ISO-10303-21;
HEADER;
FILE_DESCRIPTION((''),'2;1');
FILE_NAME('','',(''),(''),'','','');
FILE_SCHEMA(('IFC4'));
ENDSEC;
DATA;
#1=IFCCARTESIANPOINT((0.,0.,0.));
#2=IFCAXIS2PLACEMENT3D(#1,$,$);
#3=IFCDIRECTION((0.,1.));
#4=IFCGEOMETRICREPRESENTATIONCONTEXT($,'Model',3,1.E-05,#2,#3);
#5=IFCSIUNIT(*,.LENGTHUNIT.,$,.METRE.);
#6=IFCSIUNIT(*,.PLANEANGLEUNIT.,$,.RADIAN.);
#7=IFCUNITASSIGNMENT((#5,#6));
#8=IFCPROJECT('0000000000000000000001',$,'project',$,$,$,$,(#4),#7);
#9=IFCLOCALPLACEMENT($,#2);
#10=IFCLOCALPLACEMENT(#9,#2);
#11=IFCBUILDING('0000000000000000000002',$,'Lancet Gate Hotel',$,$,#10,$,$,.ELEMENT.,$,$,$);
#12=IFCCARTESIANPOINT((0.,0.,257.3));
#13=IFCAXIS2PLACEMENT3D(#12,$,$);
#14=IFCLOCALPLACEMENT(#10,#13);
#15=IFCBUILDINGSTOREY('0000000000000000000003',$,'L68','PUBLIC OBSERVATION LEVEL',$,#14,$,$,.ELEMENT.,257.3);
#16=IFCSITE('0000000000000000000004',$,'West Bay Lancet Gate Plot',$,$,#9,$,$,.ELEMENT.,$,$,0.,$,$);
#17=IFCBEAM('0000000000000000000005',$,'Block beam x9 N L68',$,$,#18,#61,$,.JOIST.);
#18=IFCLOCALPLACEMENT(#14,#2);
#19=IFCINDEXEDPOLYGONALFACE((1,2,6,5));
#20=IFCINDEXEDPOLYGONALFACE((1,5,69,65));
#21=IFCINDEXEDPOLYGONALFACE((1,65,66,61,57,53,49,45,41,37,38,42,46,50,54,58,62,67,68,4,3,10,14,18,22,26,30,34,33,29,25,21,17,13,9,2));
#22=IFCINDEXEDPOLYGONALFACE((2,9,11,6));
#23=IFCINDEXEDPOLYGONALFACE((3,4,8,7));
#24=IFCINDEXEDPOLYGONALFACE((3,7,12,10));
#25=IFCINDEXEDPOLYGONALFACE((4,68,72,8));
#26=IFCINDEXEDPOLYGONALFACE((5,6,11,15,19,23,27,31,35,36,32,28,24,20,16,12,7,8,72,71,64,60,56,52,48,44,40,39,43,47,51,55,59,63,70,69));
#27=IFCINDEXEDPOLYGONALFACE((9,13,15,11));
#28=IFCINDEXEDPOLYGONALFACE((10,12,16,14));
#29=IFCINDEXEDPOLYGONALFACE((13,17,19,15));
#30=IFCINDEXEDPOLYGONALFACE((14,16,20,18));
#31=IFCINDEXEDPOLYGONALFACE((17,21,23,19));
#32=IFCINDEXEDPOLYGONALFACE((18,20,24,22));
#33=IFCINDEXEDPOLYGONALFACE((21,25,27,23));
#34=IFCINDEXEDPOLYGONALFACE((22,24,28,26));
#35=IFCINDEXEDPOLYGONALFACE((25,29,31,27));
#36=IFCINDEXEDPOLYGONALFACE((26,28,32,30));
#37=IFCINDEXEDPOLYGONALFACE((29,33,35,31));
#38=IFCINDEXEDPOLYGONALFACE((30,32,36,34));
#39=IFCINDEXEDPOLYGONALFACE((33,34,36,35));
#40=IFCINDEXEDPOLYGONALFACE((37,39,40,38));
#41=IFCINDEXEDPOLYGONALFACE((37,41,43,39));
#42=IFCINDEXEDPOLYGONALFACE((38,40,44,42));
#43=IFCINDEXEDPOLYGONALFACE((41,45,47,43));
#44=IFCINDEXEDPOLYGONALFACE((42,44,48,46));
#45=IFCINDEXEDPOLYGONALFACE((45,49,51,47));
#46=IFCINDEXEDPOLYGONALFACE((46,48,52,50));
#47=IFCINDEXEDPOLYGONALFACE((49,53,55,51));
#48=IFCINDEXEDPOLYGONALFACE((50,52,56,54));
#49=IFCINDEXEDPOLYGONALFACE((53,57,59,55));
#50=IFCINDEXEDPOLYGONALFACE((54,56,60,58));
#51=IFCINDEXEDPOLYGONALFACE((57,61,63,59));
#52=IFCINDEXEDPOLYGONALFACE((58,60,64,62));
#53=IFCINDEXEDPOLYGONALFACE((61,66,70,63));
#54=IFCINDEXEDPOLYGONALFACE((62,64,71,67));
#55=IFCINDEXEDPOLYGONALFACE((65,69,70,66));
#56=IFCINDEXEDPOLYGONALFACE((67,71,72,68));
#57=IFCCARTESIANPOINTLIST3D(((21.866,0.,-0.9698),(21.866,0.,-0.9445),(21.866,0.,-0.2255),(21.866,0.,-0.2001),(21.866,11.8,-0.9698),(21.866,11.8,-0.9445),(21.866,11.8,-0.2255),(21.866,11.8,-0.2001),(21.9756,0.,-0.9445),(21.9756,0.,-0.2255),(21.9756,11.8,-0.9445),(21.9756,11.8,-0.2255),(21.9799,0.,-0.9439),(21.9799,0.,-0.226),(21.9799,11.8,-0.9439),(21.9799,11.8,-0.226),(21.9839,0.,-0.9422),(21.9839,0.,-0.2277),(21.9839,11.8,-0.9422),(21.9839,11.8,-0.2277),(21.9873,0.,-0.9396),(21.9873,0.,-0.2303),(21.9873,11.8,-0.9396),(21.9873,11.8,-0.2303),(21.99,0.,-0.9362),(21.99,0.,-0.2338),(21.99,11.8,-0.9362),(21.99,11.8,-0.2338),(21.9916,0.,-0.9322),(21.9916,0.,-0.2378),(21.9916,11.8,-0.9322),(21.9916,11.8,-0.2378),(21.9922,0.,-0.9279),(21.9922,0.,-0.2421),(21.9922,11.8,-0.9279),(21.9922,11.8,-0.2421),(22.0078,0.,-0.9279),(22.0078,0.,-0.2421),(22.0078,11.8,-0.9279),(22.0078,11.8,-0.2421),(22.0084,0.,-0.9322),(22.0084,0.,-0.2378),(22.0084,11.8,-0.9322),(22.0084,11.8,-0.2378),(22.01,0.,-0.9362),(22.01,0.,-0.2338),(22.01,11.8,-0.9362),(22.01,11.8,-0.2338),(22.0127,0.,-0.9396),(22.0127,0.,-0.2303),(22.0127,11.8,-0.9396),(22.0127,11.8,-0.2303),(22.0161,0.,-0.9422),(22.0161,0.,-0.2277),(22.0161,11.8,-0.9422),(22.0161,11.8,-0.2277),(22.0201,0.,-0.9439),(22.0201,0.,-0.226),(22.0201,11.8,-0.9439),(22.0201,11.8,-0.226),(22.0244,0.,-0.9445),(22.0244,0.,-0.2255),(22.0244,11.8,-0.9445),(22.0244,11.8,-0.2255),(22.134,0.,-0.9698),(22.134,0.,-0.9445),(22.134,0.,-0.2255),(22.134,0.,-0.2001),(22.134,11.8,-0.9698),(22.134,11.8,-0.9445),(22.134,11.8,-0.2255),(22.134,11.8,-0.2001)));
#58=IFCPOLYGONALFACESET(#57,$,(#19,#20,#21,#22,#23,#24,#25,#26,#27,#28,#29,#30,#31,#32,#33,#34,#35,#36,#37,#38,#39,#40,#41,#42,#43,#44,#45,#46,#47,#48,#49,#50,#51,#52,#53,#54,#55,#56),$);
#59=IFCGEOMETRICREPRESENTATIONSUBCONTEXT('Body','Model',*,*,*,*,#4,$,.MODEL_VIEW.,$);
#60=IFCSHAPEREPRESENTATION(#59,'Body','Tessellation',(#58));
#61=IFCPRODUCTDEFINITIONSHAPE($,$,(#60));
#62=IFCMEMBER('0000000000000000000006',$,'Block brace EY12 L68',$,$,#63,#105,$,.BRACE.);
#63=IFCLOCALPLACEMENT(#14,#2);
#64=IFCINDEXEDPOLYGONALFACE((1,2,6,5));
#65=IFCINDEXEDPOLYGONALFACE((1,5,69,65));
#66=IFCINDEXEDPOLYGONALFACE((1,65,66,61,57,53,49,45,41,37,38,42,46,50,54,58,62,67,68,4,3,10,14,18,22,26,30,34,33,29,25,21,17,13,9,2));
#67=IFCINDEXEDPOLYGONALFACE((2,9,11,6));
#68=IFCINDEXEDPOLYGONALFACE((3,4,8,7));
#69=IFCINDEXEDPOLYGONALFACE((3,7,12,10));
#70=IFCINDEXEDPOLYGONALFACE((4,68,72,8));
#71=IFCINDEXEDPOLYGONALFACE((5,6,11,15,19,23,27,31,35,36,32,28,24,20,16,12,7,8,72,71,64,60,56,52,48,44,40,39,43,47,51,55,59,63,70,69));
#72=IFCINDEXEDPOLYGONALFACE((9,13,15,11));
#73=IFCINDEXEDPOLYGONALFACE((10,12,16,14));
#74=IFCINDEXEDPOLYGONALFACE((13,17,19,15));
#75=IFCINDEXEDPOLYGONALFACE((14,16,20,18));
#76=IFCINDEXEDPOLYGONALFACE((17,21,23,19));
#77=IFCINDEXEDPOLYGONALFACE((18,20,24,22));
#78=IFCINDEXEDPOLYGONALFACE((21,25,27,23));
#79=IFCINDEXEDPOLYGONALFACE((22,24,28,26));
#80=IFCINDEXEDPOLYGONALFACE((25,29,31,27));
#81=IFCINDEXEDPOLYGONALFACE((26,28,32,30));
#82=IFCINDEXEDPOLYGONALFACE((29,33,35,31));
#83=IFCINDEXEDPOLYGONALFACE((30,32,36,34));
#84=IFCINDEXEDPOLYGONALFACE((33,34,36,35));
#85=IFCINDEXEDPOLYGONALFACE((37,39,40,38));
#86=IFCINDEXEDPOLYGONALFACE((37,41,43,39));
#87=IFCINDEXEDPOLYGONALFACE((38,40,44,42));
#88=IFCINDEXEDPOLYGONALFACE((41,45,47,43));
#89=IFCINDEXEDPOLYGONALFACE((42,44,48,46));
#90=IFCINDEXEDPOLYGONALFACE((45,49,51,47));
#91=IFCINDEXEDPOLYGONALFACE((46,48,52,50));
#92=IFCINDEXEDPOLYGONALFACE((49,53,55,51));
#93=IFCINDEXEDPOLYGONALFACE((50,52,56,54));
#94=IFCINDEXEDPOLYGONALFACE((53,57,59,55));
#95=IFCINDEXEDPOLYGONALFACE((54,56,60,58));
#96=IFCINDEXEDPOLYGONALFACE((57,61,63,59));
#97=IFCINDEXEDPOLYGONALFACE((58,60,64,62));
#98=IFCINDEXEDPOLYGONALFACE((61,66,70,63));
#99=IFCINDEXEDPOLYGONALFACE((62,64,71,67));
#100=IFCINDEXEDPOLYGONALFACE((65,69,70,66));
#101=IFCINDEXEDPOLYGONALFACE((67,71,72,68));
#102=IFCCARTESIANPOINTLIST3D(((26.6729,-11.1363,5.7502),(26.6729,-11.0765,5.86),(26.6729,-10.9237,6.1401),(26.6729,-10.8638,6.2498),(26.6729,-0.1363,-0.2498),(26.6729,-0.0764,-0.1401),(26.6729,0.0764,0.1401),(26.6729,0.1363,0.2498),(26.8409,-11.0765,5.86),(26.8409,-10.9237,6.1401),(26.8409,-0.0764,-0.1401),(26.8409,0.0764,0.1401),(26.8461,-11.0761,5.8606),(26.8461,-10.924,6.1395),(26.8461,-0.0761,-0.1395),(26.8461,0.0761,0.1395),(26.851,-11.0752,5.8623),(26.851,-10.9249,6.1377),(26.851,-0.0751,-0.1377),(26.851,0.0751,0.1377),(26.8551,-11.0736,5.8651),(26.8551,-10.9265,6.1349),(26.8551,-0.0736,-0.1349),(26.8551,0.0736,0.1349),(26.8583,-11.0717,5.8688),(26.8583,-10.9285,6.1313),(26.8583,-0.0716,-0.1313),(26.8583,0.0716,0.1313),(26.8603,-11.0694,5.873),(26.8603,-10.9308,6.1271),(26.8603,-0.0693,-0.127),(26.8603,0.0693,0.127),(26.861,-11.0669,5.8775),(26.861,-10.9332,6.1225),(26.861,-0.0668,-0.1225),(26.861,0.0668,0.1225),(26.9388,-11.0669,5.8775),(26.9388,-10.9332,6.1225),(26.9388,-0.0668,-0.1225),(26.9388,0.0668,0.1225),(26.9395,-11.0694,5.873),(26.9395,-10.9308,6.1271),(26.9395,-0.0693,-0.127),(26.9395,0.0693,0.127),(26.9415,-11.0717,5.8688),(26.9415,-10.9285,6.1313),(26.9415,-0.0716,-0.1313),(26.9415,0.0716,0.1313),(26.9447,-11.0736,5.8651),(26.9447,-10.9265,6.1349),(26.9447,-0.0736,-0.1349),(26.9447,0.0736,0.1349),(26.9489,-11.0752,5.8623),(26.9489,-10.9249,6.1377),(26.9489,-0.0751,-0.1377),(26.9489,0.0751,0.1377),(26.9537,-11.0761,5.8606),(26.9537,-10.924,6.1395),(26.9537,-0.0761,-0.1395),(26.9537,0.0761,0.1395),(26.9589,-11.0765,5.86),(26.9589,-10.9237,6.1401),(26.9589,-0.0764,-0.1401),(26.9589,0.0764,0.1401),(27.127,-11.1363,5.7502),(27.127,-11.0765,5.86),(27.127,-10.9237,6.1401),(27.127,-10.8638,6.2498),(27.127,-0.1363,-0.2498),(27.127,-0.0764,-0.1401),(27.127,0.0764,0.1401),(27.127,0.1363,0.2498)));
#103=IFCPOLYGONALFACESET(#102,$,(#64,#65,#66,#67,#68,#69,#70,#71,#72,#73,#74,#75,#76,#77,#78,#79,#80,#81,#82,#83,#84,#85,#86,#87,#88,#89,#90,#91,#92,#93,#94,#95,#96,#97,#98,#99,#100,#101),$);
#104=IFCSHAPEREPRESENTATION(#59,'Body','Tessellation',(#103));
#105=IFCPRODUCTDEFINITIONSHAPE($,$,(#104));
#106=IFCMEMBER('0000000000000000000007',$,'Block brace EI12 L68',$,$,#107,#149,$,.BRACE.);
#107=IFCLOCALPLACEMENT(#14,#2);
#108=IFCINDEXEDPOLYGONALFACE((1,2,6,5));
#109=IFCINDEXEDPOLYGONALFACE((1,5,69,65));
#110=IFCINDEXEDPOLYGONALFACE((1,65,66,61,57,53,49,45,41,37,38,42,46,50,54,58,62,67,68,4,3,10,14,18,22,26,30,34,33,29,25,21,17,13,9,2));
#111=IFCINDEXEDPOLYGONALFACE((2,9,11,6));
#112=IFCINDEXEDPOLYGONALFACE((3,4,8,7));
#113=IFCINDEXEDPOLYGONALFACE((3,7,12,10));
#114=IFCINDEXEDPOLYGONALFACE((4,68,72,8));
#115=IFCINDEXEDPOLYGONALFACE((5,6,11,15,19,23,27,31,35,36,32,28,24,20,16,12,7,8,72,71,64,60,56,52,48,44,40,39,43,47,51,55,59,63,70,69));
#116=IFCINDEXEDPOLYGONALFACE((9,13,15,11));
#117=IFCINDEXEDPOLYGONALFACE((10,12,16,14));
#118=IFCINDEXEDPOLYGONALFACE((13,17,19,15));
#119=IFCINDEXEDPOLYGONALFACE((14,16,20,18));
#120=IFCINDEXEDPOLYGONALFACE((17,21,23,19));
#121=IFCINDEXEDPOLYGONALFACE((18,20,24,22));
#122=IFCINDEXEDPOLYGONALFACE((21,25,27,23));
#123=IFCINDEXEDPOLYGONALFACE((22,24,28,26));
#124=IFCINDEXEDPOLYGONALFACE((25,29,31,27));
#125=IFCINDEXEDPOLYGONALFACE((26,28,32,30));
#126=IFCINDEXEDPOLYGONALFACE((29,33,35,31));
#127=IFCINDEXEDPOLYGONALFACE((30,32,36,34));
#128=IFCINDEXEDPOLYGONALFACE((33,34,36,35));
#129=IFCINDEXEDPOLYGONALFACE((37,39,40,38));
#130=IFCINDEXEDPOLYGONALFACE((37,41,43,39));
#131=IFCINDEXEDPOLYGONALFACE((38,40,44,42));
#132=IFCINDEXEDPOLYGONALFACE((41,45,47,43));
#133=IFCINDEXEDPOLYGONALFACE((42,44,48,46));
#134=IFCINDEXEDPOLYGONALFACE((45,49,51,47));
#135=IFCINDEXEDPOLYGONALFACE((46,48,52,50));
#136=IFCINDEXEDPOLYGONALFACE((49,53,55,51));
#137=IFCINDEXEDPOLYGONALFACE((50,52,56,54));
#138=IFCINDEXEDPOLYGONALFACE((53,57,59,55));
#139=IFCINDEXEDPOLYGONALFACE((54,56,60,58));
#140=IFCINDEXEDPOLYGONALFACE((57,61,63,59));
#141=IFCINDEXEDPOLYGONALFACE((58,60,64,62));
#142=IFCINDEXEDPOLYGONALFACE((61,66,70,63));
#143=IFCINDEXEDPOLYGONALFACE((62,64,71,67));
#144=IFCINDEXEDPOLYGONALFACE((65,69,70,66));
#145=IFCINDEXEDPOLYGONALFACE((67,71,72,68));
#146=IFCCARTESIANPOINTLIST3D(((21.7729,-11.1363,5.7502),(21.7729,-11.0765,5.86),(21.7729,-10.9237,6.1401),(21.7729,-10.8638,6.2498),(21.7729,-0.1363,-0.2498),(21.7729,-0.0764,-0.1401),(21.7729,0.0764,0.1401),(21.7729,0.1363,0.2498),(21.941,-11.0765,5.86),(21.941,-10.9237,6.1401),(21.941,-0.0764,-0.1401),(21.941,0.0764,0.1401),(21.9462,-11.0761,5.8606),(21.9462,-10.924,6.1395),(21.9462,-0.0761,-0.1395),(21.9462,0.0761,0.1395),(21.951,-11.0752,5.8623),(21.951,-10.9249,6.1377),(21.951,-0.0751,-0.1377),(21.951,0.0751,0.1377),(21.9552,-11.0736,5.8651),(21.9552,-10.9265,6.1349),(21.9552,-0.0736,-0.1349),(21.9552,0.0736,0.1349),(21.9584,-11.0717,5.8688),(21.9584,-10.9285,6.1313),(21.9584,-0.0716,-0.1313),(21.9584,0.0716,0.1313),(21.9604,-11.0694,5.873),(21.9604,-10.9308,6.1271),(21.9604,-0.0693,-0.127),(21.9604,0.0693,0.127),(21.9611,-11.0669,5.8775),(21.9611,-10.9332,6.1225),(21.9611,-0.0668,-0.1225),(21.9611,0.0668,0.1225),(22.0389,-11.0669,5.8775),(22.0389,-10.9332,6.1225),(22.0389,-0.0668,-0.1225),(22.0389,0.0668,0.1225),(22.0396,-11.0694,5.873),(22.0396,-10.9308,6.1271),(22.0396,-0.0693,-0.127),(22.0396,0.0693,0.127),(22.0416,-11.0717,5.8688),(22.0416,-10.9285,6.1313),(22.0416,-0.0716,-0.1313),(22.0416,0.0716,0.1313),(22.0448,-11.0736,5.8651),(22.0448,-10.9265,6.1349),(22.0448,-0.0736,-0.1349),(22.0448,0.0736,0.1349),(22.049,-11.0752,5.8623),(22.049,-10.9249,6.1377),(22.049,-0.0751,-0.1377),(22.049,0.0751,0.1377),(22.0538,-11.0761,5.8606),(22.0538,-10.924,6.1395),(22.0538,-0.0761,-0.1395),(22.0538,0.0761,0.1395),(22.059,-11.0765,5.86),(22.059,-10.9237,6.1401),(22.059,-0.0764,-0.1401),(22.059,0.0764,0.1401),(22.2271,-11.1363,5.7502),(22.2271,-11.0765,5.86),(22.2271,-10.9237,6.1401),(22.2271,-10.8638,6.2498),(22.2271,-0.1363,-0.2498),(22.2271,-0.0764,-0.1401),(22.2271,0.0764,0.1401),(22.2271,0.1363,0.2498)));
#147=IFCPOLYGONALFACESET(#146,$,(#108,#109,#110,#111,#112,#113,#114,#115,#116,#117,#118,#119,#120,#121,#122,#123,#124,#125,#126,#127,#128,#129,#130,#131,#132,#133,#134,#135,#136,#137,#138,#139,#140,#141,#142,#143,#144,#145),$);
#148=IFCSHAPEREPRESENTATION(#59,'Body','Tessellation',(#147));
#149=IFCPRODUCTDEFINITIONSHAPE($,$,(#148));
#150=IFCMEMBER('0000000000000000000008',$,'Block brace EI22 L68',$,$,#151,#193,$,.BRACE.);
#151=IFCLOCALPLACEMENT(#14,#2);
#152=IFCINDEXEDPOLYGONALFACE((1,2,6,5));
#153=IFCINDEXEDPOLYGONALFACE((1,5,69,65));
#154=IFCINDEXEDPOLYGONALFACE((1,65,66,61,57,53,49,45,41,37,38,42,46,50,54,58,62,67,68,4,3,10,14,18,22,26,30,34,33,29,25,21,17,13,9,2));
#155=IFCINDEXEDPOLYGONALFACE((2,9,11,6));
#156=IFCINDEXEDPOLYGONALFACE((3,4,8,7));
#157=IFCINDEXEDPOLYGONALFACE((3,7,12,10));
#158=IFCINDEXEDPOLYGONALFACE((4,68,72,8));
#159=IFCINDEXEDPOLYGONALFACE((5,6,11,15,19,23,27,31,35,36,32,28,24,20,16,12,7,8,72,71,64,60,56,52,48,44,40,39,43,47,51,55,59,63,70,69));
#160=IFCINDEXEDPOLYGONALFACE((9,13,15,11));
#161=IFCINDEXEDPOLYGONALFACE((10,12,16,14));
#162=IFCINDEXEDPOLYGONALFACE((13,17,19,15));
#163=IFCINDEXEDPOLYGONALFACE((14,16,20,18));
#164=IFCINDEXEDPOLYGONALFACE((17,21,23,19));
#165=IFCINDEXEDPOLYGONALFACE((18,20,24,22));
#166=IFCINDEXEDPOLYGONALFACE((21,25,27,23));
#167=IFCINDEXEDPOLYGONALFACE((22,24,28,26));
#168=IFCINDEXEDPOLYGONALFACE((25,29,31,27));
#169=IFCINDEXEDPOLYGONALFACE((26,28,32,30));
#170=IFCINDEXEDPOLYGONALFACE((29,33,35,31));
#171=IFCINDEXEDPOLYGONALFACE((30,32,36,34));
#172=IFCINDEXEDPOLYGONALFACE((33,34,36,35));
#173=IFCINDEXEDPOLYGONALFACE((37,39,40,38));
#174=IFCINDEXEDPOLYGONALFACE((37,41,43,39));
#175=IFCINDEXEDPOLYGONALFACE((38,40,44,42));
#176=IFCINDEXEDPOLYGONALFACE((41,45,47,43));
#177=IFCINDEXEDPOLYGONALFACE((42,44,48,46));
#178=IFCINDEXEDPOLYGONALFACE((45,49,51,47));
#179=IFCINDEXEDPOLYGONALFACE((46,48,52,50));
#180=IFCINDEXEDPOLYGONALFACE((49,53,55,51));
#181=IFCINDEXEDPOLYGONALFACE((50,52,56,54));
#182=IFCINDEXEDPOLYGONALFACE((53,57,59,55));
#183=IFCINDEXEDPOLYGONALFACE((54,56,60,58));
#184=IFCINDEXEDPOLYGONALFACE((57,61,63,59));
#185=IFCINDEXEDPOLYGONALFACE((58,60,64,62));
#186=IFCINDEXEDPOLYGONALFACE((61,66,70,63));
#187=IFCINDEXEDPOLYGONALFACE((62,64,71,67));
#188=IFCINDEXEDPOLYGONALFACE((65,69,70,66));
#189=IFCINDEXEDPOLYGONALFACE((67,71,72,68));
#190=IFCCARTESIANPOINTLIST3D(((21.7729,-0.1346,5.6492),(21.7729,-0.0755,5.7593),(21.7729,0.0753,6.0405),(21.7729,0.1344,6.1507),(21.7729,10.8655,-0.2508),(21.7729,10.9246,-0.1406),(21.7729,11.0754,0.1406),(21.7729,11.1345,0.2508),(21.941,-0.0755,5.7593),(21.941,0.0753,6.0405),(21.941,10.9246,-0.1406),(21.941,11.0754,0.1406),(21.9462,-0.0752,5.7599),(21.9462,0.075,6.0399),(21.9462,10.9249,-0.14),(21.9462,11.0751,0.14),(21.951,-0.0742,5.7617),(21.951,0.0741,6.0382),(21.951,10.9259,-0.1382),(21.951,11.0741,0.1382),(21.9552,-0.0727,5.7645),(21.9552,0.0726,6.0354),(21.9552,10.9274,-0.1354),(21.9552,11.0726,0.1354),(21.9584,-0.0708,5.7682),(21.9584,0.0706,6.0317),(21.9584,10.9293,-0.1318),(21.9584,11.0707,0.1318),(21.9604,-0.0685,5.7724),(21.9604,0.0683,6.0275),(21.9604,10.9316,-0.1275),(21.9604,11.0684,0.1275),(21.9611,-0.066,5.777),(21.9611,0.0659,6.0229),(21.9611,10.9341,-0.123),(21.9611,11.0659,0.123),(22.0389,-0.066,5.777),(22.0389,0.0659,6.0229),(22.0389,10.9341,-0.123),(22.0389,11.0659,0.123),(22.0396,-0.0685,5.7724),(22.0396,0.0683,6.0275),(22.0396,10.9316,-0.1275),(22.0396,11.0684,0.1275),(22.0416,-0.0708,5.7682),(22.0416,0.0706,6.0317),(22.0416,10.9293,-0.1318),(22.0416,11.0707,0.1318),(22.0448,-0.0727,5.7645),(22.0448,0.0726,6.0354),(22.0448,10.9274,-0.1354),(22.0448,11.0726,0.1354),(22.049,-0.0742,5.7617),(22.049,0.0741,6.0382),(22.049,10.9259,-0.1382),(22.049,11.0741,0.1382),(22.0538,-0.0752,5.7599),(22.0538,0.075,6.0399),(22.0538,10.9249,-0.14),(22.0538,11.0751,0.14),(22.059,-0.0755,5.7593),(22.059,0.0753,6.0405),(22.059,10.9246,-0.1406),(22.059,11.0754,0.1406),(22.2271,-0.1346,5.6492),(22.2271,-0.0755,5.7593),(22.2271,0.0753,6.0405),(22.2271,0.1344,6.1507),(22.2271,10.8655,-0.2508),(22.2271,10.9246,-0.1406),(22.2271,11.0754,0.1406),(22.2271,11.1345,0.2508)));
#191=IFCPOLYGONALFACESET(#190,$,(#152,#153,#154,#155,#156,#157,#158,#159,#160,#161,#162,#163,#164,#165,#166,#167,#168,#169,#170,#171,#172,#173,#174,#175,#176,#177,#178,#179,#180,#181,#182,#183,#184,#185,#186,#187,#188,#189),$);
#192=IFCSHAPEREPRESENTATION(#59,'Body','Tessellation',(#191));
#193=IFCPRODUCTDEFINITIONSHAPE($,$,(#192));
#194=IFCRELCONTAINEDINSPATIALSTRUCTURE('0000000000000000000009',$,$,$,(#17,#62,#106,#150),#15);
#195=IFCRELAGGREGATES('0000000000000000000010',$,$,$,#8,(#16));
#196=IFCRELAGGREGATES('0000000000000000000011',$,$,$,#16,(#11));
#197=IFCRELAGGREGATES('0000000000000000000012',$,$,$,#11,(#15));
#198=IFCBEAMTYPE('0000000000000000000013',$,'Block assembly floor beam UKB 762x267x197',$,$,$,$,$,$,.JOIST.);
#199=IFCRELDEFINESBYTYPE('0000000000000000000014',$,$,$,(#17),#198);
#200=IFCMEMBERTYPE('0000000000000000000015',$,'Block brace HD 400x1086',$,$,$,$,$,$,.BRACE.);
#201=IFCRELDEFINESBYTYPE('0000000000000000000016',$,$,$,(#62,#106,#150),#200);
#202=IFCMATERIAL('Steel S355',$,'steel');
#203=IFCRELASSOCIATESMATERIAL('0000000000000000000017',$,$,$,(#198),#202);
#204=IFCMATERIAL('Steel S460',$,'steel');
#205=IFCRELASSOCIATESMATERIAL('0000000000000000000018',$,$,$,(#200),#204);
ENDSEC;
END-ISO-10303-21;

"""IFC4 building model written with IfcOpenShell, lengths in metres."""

from ifc_helpers import new_model, si_unit, direction, frame, origin, origin_2d, place, context, subcontext, project, spatial, i_section, extrude, material, material_profile, profile_set, type_object, element, save


model = new_model("IFC4")

# Units and contexts
model_context = context("Model", 3, precision=1e-05, world=origin(), true_north=direction((0.0, 1.0)))
body_context = subcontext(model_context, "Body", "Model", "MODEL_VIEW")
ifc_project = project(units=[si_unit("LENGTHUNIT", "METRE"), si_unit("PLANEANGLEUNIT", "RADIAN")], contexts=[model_context])

# Site, building, storey
site_placement = place(None, origin())
site = spatial("IfcSite", under=ifc_project, at=site_placement, Name="West Bay Lancet Gate Plot", CompositionType="ELEMENT", RefElevation=0.0)
building_placement = place(site_placement, origin())
building = spatial("IfcBuilding", under=site, at=building_placement, Name="Lancet Gate Hotel", CompositionType="ELEMENT")
storey_placement = place(building_placement, frame((0.0, 0.0, 257.3)))
storey = spatial("IfcBuildingStorey", under=building, at=storey_placement, Name="L68", Description="PUBLIC OBSERVATION LEVEL", CompositionType="ELEMENT", Elevation=257.3)

# Beam
ifc_material_1 = material(Name="Steel S355", Category="steel")
ifc_material_profile_1 = material_profile(ifc_material_1, i_section(OverallWidth=0.2681, OverallDepth=0.7698, WebThickness=0.0156, FlangeThickness=0.0254, FilletRadius=0.0166, at=origin_2d()), Name="UKB 762x267x197")
ifc_profile_set_1 = profile_set([ifc_material_profile_1], Name="Steel S355")
beam_type_1 = type_object("IfcBeamType", Name="Block assembly floor beam UKB 762x267x197", PredefinedType="JOIST", material=ifc_profile_set_1)
beam_1_placement = place(storey_placement, frame((22.0, 0.0, -0.585), z_axis=(0.0, 1.0, 0.0), x_axis=(-1.0, 0.0, 0.0)))
element("IfcBeam", 1, at=beam_1_placement, inside=storey, type_object=beam_type_1, Name="Block beam x9 N L68", PredefinedType="JOIST", context=body_context, shape_type="SweptSolid", body=[
    extrude(i_section(OverallWidth=0.2681, OverallDepth=0.7698, WebThickness=0.0156, FlangeThickness=0.0254, FilletRadius=0.0166, at=origin_2d()), origin(), (0.0, 0.0, 1.0), 11.8),
])

# Members
ifc_material_2 = material(Name="Steel S460", Category="steel")
ifc_material_profile_2 = material_profile(ifc_material_2, i_section(OverallWidth=0.4541, OverallDepth=0.5691, WebThickness=0.0779, FlangeThickness=0.125, FilletRadius=0.02, at=origin_2d()), Name="HD 400x1086")
ifc_profile_set_2 = profile_set([ifc_material_profile_2], Name="Steel S460")
member_type_1 = type_object("IfcMemberType", Name="Block brace HD 400x1086", PredefinedType="BRACE", material=ifc_profile_set_2)
for number, where, z_axis, x_axis, name in (
    (2, (26.8999, 0.0, 0.0), (0.0, -0.877896, 0.478852), (1.0, 0.0, 0.0), "Block brace EY12 L68"),
    (3, (22.0, 0.0, 0.0), (0.0, -0.877896, 0.478852), (1.0, 0.0, 0.0), "Block brace EI12 L68"),
):
    element("IfcMember", number, at=place(storey_placement, frame(where, z_axis=z_axis, x_axis=x_axis)), inside=storey, type_object=member_type_1, Name=name, PredefinedType="BRACE", context=body_context, shape_type="SweptSolid", body=[
        extrude(i_section(OverallWidth=0.4541, OverallDepth=0.5691, WebThickness=0.0779, FlangeThickness=0.125, FilletRadius=0.02, at=origin_2d()), origin(), (0.0, 0.0, 1.0), 12.53),
    ])
member_1_placement = place(storey_placement, frame((22.0, 11.0, 0.0), z_axis=(0.0, -0.881245, 0.47266), x_axis=(1.0, 0.0, 0.0)))
element("IfcMember", 4, at=member_1_placement, inside=storey, type_object=member_type_1, Name="Block brace EI22 L68", PredefinedType="BRACE", context=body_context, shape_type="SweptSolid", body=[
    extrude(i_section(OverallWidth=0.4541, OverallDepth=0.5691, WebThickness=0.0779, FlangeThickness=0.125, FilletRadius=0.02, at=origin_2d()), origin(), (0.0, 0.0, 1.0), 12.4824),
])

save(model, "model.ifc")
